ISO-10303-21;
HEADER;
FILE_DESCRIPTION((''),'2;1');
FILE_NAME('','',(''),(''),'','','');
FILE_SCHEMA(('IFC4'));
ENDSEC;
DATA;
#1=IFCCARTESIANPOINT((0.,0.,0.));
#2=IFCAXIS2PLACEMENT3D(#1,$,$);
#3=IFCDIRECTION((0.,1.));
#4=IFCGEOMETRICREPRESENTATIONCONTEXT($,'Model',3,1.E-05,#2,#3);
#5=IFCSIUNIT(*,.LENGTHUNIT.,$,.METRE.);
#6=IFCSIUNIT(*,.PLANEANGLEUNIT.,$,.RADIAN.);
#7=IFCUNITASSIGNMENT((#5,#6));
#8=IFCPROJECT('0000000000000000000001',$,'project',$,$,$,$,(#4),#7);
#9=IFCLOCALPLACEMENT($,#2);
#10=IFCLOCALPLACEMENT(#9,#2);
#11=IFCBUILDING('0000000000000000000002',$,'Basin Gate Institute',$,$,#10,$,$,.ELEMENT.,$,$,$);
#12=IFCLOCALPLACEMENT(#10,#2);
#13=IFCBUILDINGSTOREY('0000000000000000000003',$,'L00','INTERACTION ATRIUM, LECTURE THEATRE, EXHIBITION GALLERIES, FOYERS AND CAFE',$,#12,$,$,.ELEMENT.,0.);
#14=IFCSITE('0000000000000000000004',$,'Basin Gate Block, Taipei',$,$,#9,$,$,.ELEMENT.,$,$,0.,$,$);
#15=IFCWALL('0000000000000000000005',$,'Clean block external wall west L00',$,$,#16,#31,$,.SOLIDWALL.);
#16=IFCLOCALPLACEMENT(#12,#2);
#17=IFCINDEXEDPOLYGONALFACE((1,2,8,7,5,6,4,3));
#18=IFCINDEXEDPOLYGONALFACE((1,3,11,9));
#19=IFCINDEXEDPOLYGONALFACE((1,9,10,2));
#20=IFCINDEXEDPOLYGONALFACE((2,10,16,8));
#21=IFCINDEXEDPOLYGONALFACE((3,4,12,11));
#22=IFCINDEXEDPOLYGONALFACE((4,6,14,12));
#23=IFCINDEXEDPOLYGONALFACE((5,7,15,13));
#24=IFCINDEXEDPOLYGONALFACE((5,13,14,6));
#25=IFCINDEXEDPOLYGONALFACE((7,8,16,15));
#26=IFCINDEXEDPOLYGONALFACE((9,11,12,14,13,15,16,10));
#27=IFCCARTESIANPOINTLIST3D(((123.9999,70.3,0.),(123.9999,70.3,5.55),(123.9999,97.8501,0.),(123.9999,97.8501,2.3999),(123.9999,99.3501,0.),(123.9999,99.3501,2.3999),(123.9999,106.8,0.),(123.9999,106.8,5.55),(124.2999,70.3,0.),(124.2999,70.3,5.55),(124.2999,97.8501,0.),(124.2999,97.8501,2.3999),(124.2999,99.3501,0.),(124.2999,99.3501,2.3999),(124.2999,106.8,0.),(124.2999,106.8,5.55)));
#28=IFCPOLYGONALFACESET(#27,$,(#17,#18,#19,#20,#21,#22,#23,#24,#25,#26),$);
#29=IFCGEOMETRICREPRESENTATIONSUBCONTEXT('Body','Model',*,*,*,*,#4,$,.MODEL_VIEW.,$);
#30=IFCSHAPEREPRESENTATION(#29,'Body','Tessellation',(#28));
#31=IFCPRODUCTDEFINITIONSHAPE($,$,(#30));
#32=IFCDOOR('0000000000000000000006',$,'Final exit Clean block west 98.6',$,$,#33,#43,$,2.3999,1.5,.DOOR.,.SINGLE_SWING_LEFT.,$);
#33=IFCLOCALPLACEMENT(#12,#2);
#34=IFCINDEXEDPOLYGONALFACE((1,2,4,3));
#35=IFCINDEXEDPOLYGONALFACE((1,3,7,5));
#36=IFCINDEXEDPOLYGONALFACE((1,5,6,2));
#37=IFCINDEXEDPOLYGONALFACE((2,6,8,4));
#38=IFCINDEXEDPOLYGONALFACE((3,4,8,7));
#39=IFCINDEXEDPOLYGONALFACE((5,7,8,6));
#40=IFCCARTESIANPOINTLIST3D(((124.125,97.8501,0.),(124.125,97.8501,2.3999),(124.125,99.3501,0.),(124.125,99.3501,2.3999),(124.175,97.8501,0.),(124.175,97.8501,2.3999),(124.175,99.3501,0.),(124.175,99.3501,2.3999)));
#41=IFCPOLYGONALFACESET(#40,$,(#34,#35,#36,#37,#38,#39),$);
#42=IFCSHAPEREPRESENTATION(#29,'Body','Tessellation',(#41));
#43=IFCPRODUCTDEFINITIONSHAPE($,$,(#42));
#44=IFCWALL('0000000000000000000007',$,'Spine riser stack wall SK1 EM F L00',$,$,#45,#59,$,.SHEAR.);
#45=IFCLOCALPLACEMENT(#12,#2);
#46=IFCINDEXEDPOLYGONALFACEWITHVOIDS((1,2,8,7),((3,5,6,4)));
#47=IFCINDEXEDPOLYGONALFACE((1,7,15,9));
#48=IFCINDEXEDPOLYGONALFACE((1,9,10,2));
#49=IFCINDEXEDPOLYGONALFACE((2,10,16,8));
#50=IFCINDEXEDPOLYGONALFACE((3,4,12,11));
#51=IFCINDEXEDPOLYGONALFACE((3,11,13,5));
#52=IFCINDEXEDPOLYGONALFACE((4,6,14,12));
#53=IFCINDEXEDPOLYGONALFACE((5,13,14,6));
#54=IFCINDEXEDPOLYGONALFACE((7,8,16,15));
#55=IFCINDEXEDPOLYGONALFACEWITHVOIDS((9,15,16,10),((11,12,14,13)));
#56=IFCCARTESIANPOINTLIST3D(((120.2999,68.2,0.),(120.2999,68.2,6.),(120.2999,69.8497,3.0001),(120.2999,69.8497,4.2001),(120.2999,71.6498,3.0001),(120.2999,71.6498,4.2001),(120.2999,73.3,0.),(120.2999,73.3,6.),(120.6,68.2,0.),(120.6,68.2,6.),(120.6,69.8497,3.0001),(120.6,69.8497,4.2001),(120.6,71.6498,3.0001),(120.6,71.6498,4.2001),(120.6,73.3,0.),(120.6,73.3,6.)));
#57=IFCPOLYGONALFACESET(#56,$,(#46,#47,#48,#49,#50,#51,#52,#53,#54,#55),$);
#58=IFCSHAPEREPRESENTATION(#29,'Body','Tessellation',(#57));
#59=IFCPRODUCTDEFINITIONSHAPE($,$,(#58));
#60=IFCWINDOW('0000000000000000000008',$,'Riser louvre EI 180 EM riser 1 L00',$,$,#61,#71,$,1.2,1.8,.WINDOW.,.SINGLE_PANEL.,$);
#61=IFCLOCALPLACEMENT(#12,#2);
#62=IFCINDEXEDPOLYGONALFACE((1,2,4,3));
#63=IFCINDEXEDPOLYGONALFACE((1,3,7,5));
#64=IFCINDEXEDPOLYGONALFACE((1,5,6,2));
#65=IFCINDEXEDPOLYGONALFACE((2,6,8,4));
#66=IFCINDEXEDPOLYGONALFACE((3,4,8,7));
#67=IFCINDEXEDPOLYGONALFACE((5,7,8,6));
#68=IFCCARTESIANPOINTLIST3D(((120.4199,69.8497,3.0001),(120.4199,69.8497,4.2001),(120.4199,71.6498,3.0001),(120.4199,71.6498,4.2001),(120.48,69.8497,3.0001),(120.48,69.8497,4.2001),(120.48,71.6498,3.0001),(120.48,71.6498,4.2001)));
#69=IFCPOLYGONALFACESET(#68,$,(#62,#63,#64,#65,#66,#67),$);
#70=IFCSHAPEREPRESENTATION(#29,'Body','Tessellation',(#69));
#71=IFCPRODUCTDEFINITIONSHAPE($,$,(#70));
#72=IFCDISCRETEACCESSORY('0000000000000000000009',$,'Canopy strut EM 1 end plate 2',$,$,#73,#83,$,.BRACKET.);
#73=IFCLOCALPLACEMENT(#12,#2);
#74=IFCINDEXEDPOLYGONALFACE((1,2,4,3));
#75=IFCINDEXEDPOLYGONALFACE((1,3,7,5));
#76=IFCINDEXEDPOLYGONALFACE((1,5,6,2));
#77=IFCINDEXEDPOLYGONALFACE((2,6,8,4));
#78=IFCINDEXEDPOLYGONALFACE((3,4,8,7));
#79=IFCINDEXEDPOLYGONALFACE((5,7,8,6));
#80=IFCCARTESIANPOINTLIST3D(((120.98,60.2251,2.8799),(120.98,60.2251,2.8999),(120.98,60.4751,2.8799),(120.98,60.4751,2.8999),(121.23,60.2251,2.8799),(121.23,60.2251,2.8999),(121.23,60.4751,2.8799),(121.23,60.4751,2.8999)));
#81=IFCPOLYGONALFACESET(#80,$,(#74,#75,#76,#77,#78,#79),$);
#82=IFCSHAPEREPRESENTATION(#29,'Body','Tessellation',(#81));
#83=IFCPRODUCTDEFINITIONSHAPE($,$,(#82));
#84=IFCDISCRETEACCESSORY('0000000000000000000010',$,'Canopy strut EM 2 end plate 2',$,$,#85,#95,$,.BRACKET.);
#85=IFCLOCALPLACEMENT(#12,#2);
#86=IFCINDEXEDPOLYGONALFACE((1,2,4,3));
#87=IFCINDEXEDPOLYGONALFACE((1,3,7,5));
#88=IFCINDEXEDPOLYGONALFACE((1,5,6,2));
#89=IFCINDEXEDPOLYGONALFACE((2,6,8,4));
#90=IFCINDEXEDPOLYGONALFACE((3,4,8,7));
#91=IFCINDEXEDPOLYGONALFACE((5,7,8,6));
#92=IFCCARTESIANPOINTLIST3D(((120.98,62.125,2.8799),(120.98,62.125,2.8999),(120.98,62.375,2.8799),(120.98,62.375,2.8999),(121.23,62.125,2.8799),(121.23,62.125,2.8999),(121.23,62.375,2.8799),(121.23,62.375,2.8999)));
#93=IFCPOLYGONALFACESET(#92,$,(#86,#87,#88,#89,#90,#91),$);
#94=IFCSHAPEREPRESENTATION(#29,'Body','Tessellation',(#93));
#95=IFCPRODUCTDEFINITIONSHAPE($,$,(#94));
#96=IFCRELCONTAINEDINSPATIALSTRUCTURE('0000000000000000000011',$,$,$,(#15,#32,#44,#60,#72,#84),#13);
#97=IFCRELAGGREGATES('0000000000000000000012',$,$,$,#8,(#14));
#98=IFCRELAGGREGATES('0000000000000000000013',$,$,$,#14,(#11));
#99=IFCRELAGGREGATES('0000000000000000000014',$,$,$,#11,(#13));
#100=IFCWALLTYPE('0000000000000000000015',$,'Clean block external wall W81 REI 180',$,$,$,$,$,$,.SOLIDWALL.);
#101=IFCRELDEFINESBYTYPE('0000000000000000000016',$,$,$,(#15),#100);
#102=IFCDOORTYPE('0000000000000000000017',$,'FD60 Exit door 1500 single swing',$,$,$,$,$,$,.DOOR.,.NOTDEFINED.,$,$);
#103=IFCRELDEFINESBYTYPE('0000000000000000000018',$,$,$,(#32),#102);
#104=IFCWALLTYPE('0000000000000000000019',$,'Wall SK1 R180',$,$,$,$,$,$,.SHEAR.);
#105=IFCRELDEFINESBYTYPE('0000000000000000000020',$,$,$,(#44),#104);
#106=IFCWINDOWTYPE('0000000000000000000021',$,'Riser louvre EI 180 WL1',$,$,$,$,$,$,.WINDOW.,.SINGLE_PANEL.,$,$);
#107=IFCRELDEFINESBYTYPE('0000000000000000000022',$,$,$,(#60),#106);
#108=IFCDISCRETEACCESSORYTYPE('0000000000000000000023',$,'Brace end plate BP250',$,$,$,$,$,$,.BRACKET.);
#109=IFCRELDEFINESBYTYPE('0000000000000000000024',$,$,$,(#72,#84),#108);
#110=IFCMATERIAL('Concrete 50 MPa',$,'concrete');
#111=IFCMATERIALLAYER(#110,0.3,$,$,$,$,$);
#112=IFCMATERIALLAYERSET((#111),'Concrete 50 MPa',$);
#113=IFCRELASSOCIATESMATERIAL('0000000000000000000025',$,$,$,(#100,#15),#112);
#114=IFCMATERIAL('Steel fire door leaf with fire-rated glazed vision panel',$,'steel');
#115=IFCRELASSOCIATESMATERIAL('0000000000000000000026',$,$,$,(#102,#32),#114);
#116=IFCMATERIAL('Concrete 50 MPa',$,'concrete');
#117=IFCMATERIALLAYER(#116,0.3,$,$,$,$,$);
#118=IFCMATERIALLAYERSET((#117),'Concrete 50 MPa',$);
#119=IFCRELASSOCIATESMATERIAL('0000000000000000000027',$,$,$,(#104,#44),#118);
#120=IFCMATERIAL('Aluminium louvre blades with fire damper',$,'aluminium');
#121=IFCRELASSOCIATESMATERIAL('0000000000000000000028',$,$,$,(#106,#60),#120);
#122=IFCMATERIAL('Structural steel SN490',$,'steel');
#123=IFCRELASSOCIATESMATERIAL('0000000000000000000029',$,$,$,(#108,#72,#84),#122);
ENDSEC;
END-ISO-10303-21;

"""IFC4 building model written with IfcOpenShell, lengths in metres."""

from ifc_helpers import new_model, si_unit, direction, frame, frame_2d, origin, origin_2d, place, context, subcontext, project, spatial, rectangle, extrude, material, layer, layer_set, type_object, element, fill, save


model = new_model("IFC4")

# Units and contexts
model_context = context("Model", 3, precision=1e-05, world=origin(), true_north=direction((0.0, 1.0)))
body_context = subcontext(model_context, "Body", "Model", "MODEL_VIEW")
ifc_project = project(units=[si_unit("LENGTHUNIT", "METRE"), si_unit("PLANEANGLEUNIT", "RADIAN")], contexts=[model_context])

# Site, building, storey
site_placement = place(None, origin())
site = spatial("IfcSite", under=ifc_project, at=site_placement, Name="Basin Gate Block, Taipei", CompositionType="ELEMENT", RefElevation=0.0)
building_placement = place(site_placement, origin())
building = spatial("IfcBuilding", under=site, at=building_placement, Name="Basin Gate Institute", CompositionType="ELEMENT")
storey_placement = place(building_placement, origin())
storey = spatial("IfcBuildingStorey", under=building, at=storey_placement, Name="L00", Description="INTERACTION ATRIUM, LECTURE THEATRE, EXHIBITION GALLERIES, FOYERS AND CAFE", CompositionType="ELEMENT", Elevation=0.0)

# Wall, opening, door
ifc_material_1 = material(Name="Concrete 50 MPa", Category="concrete")
ifc_layer_1 = layer(ifc_material_1, 0.3)
ifc_layer_set_1 = layer_set([ifc_layer_1], Name="Concrete 50 MPa")
wall_type_1 = type_object("IfcWallType", Name="Clean block external wall W81 REI 180", PredefinedType="SOLIDWALL", material=ifc_layer_set_1)
wall_1_placement = place(storey_placement, frame((124.1499, 70.3, 0.0), z_axis=(0.0, 0.0, 1.0), x_axis=(0.0, 1.0, 0.0)))
wall_1 = element("IfcWall", 1, at=wall_1_placement, inside=storey, type_object=wall_type_1, material=ifc_layer_set_1, Name="Clean block external wall west L00", PredefinedType="SOLIDWALL", context=body_context, shape_type="SweptSolid", body=[
    extrude(rectangle(XDim=36.5, YDim=0.3, at=frame_2d((18.25, 0.0))), origin(), (0.0, 0.0, 1.0), 5.55),
])
opening_1_placement = place(wall_1_placement, frame((27.55, 0.0, 0.0)))
opening_1 = element("IfcOpeningElement", 2, at=opening_1_placement, cuts=wall_1, PredefinedType="OPENING", context=body_context, shape_type="SweptSolid", body=[
    extrude(rectangle(XDim=1.5, YDim=2.3999, at=frame_2d((0.75, 1.2))), frame((0.0, 0.1602, 0.0), z_axis=(0.0, -1.0, 0.0), x_axis=(1.0, 0.0, 0.0)), (0.0, 0.0, 1.0), 0.3201),
])
ifc_material_2 = material(Name="Steel fire door leaf with fire-rated glazed vision panel", Category="steel")
door_type_1 = type_object("IfcDoorType", Name="FD60 Exit door 1500 single swing", OperationType="NOTDEFINED", PredefinedType="DOOR", material=ifc_material_2)
door_1_placement = place(opening_1_placement, origin())
door_1 = element("IfcDoor", 3, at=door_1_placement, inside=storey, type_object=door_type_1, material=ifc_material_2, Name="Final exit Clean block west 98.6", OperationType="SINGLE_SWING_LEFT", OverallHeight=2.3999, OverallWidth=1.5, PredefinedType="DOOR", context=body_context, shape_type="SweptSolid", body=[
    extrude(rectangle(XDim=1.5, YDim=2.3999, at=frame_2d((0.75, 1.2))), frame((0.0, 0.0249, 0.0), z_axis=(0.0, -1.0, 0.0), x_axis=(1.0, 0.0, 0.0)), (0.0, 0.0, 1.0), 0.05),
])
fill(opening_1, door_1)

# Wall, opening, window
ifc_material_3 = material(Name="Concrete 50 MPa", Category="concrete")
ifc_layer_2 = layer(ifc_material_3, 0.3)
ifc_layer_set_2 = layer_set([ifc_layer_2], Name="Concrete 50 MPa")
wall_type_2 = type_object("IfcWallType", Name="Wall SK1 R180", PredefinedType="SHEAR", material=ifc_layer_set_2)
wall_2_placement = place(storey_placement, frame((120.45, 68.2, 0.0), z_axis=(0.0, 0.0, 1.0), x_axis=(0.0, 1.0, 0.0)))
wall_2 = element("IfcWall", 4, at=wall_2_placement, inside=storey, type_object=wall_type_2, material=ifc_layer_set_2, Name="Spine riser stack wall SK1 EM F L00", PredefinedType="SHEAR", context=body_context, shape_type="SweptSolid", body=[
    extrude(rectangle(XDim=5.1001, YDim=0.3, at=frame_2d((2.55, 0.0))), origin(), (0.0, 0.0, 1.0), 6.0),
])
opening_2_placement = place(wall_2_placement, frame((1.6499, 0.0, 3.0)))
opening_2 = element("IfcOpeningElement", 5, at=opening_2_placement, cuts=wall_2, PredefinedType="OPENING", context=body_context, shape_type="SweptSolid", body=[
    extrude(rectangle(XDim=1.8, YDim=1.2, at=frame_2d((0.8999, 0.6001))), frame((0.0, 0.1602, 0.0), z_axis=(0.0, -1.0, 0.0), x_axis=(1.0, 0.0, 0.0)), (0.0, 0.0, 1.0), 0.3201),
])
ifc_material_4 = material(Name="Aluminium louvre blades with fire damper", Category="aluminium")
window_type = type_object("IfcWindowType", Name="Riser louvre EI 180 WL1", PartitioningType="SINGLE_PANEL", PredefinedType="WINDOW", material=ifc_material_4)
window_placement = place(opening_2_placement, origin())
window = element("IfcWindow", 6, at=window_placement, inside=storey, type_object=window_type, material=ifc_material_4, Name="Riser louvre EI 180 EM riser 1 L00", OverallHeight=1.2, OverallWidth=1.8, PartitioningType="SINGLE_PANEL", PredefinedType="WINDOW", context=body_context, shape_type="SweptSolid", body=[
    extrude(rectangle(XDim=1.8, YDim=1.2, at=frame_2d((0.8999, 0.6001))), frame((0.0, 0.03, 0.0), z_axis=(0.0, -1.0, 0.0), x_axis=(1.0, 0.0, 0.0)), (0.0, 0.0, 1.0), 0.0601),
])
fill(opening_2, window)

# Discrete accessories
ifc_material_5 = material(Name="Structural steel SN490", Category="steel")
discrete_accessory_type = type_object("IfcDiscreteAccessoryType", Name="Brace end plate BP250", PredefinedType="BRACKET", material=ifc_material_5)
for number, where, z_axis, x_axis, name in (
    (7, (121.105, 60.3501, 2.8799), (0.0, 0.0, 1.0), (1.0, 0.0, 0.0), "Canopy strut EM 1 end plate 2"),
    (8, (121.105, 62.25, 2.8799), (0.0, 0.0, 1.0), (1.0, 0.0, 0.0), "Canopy strut EM 2 end plate 2"),
):
    element("IfcDiscreteAccessory", number, at=place(storey_placement, frame(where, z_axis=z_axis, x_axis=x_axis)), inside=storey, type_object=discrete_accessory_type, material=ifc_material_5, Name=name, PredefinedType="BRACKET", context=body_context, shape_type="SweptSolid", body=[
        extrude(rectangle(XDim=0.25, YDim=0.25, at=origin_2d()), origin(), (0.0, 0.0, 1.0), 0.02),
    ])

save(model, "model.ifc")
